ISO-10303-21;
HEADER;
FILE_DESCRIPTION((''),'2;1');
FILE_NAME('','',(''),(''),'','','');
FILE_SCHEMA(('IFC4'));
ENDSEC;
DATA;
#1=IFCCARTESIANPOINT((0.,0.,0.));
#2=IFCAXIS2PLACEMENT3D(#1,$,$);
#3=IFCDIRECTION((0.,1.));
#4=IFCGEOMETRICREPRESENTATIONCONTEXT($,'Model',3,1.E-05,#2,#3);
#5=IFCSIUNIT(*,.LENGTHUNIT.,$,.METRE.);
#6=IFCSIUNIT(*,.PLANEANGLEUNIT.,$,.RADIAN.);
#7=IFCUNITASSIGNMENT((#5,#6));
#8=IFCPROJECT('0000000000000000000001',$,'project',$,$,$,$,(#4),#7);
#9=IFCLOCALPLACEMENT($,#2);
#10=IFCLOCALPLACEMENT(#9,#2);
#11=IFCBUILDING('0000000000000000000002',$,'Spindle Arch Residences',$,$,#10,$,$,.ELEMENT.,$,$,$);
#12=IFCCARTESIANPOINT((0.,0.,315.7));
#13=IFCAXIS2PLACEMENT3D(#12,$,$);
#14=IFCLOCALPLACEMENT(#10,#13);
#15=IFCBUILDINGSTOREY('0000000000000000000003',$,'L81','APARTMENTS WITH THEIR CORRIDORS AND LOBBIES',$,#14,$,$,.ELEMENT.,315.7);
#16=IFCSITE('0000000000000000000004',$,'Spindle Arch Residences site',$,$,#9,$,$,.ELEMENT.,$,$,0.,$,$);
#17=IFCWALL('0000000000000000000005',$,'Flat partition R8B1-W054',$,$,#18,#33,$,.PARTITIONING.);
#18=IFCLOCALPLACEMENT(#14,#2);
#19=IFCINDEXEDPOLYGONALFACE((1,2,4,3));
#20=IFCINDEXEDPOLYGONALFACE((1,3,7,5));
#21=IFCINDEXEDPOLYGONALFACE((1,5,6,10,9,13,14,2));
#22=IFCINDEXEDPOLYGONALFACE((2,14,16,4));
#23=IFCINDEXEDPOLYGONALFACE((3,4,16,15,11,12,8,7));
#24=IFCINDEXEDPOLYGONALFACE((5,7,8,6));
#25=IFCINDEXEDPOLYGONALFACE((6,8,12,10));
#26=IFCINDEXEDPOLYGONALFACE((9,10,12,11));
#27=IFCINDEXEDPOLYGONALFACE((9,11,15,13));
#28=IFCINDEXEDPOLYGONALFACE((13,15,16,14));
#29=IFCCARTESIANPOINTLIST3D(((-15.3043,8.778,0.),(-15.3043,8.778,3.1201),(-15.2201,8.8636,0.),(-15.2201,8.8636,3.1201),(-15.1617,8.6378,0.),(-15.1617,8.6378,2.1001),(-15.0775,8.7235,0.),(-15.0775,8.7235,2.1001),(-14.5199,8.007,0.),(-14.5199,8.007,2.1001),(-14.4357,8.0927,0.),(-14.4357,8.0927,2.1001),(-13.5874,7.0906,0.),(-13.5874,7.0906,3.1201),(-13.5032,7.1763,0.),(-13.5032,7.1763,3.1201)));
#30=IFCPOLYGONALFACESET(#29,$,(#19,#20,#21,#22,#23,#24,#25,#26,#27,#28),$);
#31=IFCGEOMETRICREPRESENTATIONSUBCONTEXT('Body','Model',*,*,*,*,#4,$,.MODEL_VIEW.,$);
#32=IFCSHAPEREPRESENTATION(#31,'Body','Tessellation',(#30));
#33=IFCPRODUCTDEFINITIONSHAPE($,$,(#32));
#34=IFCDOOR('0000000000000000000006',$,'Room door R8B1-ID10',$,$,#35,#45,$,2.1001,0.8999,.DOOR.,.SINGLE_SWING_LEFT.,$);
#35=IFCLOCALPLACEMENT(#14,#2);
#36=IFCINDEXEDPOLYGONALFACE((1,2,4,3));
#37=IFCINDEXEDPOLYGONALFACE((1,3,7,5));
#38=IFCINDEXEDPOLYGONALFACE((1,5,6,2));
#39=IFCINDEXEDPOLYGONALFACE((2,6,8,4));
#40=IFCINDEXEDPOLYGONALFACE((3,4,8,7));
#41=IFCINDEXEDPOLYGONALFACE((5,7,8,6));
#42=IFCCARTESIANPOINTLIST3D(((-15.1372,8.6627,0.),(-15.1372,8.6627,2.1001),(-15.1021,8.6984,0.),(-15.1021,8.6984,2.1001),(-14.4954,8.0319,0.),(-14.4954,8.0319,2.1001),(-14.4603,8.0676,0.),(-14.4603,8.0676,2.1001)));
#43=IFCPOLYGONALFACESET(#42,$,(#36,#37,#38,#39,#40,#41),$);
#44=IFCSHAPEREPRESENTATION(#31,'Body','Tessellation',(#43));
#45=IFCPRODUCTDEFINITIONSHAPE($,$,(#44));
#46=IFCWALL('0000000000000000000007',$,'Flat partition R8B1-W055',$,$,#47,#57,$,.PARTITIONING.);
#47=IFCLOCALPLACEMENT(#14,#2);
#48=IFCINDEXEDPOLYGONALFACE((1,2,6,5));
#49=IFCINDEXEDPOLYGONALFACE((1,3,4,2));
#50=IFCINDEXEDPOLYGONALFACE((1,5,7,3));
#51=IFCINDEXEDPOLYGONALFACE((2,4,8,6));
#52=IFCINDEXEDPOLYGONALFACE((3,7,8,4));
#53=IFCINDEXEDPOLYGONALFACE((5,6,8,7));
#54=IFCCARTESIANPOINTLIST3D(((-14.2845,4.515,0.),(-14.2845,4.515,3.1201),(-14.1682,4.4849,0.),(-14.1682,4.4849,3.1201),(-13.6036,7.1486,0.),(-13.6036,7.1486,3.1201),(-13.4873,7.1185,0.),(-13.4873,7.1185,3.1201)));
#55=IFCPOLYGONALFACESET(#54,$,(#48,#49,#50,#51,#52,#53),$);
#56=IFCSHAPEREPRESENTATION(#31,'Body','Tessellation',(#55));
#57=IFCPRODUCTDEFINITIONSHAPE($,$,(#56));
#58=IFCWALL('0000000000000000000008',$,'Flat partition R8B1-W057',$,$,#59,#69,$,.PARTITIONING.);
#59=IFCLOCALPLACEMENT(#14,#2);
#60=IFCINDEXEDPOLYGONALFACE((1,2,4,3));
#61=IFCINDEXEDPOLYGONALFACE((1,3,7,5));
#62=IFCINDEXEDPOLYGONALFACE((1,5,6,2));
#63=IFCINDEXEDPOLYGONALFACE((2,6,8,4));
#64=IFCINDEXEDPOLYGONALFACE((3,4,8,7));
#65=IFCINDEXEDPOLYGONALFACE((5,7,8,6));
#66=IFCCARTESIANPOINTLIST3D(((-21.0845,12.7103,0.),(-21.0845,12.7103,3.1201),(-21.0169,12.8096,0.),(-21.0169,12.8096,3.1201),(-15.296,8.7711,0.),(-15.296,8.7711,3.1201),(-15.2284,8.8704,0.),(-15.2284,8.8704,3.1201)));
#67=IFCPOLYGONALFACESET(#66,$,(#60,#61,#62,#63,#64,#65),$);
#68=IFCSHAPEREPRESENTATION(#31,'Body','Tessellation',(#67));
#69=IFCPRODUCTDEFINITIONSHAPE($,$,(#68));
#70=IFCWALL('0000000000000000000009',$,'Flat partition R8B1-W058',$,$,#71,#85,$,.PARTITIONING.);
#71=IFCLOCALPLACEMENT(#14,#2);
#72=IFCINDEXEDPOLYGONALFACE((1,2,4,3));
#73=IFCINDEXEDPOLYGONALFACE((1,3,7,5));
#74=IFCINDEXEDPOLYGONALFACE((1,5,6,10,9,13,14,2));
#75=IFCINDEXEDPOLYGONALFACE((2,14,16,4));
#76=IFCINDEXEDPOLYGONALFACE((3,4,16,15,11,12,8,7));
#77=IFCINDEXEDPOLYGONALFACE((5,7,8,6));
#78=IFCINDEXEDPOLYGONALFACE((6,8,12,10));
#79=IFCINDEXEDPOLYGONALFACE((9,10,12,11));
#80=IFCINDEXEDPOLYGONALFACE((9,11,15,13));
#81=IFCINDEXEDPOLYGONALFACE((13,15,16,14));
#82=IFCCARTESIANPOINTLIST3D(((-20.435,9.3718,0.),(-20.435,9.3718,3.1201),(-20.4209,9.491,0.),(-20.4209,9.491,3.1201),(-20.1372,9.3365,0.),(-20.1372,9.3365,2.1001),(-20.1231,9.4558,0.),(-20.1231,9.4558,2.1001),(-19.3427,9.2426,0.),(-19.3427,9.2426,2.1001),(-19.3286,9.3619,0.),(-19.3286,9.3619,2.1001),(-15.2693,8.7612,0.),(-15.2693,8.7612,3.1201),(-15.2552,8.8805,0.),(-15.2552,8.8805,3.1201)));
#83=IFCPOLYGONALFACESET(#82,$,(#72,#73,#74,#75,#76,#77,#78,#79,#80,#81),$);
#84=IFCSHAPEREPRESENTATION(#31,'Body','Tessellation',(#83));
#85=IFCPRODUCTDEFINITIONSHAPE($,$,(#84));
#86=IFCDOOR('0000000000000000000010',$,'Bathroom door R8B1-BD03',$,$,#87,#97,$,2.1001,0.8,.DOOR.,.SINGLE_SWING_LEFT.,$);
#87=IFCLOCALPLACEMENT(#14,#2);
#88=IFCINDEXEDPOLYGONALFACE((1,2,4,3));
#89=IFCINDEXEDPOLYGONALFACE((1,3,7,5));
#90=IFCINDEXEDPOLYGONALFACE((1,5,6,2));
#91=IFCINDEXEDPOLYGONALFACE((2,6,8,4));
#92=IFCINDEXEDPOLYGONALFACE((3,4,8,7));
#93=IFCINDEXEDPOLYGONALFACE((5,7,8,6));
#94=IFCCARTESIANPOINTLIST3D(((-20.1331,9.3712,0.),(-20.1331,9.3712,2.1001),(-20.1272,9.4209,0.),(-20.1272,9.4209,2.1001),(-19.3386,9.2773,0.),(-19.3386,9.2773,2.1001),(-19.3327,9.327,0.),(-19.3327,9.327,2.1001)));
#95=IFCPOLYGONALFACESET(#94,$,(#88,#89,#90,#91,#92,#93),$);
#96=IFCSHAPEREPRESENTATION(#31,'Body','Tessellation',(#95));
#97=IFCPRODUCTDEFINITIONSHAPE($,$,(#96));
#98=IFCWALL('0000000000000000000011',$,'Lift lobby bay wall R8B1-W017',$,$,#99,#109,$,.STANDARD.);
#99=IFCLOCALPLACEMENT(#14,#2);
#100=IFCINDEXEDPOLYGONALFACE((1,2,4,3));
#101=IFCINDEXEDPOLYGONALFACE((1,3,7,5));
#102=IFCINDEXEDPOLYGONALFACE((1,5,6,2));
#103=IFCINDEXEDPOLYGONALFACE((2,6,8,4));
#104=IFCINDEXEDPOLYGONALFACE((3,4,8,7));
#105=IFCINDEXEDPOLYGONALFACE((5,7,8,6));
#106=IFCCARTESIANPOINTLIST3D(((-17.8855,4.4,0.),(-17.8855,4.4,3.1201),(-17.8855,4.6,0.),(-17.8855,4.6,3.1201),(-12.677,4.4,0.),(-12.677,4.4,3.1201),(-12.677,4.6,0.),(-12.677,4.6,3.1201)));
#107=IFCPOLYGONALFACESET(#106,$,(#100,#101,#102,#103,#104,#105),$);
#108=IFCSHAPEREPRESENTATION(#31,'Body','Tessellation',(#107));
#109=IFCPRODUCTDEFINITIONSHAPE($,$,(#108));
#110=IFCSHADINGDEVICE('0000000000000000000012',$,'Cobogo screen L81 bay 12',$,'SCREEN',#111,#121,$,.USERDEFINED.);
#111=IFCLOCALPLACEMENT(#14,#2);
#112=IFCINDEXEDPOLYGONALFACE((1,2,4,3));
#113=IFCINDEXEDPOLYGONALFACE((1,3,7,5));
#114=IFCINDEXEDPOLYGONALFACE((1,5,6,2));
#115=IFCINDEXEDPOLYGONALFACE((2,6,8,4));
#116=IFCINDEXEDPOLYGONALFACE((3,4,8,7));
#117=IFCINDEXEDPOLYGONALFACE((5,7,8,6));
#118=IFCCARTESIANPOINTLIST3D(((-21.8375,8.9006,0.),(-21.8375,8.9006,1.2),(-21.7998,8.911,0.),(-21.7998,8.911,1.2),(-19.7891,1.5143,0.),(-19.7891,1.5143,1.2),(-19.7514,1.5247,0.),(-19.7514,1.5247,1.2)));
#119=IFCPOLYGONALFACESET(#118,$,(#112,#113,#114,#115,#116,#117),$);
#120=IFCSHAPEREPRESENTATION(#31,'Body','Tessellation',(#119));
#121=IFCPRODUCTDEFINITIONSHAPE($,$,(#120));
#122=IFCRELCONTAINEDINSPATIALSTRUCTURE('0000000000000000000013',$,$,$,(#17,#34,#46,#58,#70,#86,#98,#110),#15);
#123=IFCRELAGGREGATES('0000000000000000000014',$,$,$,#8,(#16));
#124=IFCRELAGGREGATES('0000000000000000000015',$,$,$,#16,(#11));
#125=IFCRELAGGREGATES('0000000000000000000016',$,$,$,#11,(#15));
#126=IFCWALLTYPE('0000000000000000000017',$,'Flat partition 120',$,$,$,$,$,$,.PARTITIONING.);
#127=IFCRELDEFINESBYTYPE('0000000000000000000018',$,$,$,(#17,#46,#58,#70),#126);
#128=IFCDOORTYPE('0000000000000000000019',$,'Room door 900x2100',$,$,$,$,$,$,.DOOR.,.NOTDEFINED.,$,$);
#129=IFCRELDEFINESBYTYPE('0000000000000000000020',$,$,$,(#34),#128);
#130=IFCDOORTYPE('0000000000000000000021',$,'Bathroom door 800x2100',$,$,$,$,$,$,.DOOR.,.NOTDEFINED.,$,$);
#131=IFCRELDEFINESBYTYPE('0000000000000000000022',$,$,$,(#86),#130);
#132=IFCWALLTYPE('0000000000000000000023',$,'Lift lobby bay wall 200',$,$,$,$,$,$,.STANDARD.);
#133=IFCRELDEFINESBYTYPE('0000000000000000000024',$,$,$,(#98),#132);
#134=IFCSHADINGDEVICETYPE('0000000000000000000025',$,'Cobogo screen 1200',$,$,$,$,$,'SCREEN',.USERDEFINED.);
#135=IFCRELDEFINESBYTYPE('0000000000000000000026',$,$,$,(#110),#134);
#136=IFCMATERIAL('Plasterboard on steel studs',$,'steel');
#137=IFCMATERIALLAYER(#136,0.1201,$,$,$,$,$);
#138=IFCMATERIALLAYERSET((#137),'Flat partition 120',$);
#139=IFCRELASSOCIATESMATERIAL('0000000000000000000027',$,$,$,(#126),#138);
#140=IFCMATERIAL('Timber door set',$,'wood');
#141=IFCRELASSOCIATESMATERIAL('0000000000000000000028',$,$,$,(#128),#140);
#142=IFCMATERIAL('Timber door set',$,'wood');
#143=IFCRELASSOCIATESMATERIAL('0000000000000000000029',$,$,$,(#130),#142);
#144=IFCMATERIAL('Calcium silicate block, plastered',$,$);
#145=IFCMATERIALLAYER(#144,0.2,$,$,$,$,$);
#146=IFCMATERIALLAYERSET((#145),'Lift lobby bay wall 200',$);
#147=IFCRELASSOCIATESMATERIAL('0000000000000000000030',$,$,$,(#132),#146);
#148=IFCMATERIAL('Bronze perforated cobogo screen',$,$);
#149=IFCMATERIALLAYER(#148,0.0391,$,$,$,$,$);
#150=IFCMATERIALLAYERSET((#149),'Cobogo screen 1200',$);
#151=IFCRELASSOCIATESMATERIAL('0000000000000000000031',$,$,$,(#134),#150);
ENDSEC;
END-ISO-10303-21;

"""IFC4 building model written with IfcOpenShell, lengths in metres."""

from ifc_helpers import new_model, si_unit, direction, frame, frame_2d, origin, origin_2d, place, context, subcontext, project, spatial, rectangle, extrude, material, layer, layer_set, type_object, element, fill, save


model = new_model("IFC4")

# Units and contexts
model_context = context("Model", 3, precision=1e-05, world=origin(), true_north=direction((0.0, 1.0)))
body_context = subcontext(model_context, "Body", "Model", "MODEL_VIEW")
ifc_project = project(units=[si_unit("LENGTHUNIT", "METRE"), si_unit("PLANEANGLEUNIT", "RADIAN")], contexts=[model_context])

# Site, building, storey
site_placement = place(None, origin())
site = spatial("IfcSite", under=ifc_project, at=site_placement, Name="Spindle Arch Residences site", CompositionType="ELEMENT", RefElevation=0.0)
building_placement = place(site_placement, origin())
building = spatial("IfcBuilding", under=site, at=building_placement, Name="Spindle Arch Residences", CompositionType="ELEMENT")
storey_placement = place(building_placement, frame((0.0, 0.0, 315.7)))
storey = spatial("IfcBuildingStorey", under=building, at=storey_placement, Name="L81", Description="APARTMENTS WITH THEIR CORRIDORS AND LOBBIES", CompositionType="ELEMENT", Elevation=315.7)

# Shared definitions
ifc_material_1 = material(Name="Plasterboard on steel studs", Category="steel")
ifc_layer_1 = layer(ifc_material_1, 0.1201)
ifc_layer_set_1 = layer_set([ifc_layer_1], Name="Flat partition 120")
wall_type_1 = type_object("IfcWallType", Name="Flat partition 120", PredefinedType="PARTITIONING", material=ifc_layer_set_1)

# Wall, opening, door
wall_1_placement = place(storey_placement, frame((-15.2622, 8.8208, 0.0), z_axis=(0.0, 0.0, 1.0), x_axis=(0.713216, -0.700944, 0.0)))
wall_1 = element("IfcWall", 1, at=wall_1_placement, inside=storey, type_object=wall_type_1, Name="Flat partition R8B1-W054", PredefinedType="PARTITIONING", context=body_context, shape_type="SweptSolid", body=[
    extrude(rectangle(XDim=2.4072, YDim=0.1201, at=frame_2d((1.2036, 0.0))), origin(), (0.0, 0.0, 1.0), 3.1201),
])
opening_1_placement = place(wall_1_placement, frame((0.2, 0.0, 0.0)))
opening_1 = element("IfcOpeningElement", 2, at=opening_1_placement, cuts=wall_1, PredefinedType="OPENING", context=body_context, shape_type="SweptSolid", body=[
    extrude(rectangle(XDim=0.8999, YDim=2.1001, at=frame_2d((0.45, 1.05))), frame((0.0, 0.0701, 0.0), z_axis=(0.0, -1.0, 0.0), x_axis=(1.0, 0.0, 0.0)), (0.0, 0.0, 1.0), 0.1401),
])
ifc_material_2 = material(Name="Timber door set", Category="wood")
door_type_1 = type_object("IfcDoorType", Name="Room door 900x2100", OperationType="NOTDEFINED", PredefinedType="DOOR", material=ifc_material_2)
door_1_placement = place(opening_1_placement, origin())
door_1 = element("IfcDoor", 3, at=door_1_placement, inside=storey, type_object=door_type_1, Name="Room door R8B1-ID10", OperationType="SINGLE_SWING_LEFT", OverallHeight=2.1001, OverallWidth=0.8999, PredefinedType="DOOR", context=body_context, shape_type="SweptSolid", body=[
    extrude(rectangle(XDim=0.8999, YDim=2.1001, at=frame_2d((0.45, 1.05))), frame((0.0, 0.0249, 0.0), z_axis=(0.0, -1.0, 0.0), x_axis=(1.0, 0.0, 0.0)), (0.0, 0.0, 1.0), 0.05),
])
fill(opening_1, door_1)

# Walls
wall_2_placement = place(storey_placement, frame((-13.5454, 7.1335, 0.0), z_axis=(0.0, 0.0, 1.0), x_axis=(-0.25032, -0.968163, 0.0)))
element("IfcWall", 4, at=wall_2_placement, inside=storey, type_object=wall_type_1, Name="Flat partition R8B1-W055", PredefinedType="PARTITIONING", context=body_context, shape_type="SweptSolid", body=[
    extrude(rectangle(XDim=2.7202, YDim=0.1201, at=frame_2d((1.3601, 0.0))), origin(), (0.0, 0.0, 1.0), 3.1201),
])
wall_3_placement = place(storey_placement, frame((-21.0508, 12.76, 0.0), z_axis=(0.0, 0.0, 1.0), x_axis=(0.826729, -0.562601, 0.0)))
element("IfcWall", 5, at=wall_3_placement, inside=storey, type_object=wall_type_1, Name="Flat partition R8B1-W057", PredefinedType="PARTITIONING", context=body_context, shape_type="SweptSolid", body=[
    extrude(rectangle(XDim=7.0017, YDim=0.1201, at=frame_2d((3.501, 0.0))), origin(), (0.0, 0.0, 1.0), 3.1201),
])

# Wall, opening, door
wall_4_placement = place(storey_placement, frame((-20.428, 9.4314, 0.0), z_axis=(0.0, 0.0, 1.0), x_axis=(0.993087, -0.117383, 0.0)))
wall_4 = element("IfcWall", 6, at=wall_4_placement, inside=storey, type_object=wall_type_1, Name="Flat partition R8B1-W058", PredefinedType="PARTITIONING", context=body_context, shape_type="SweptSolid", body=[
    extrude(rectangle(XDim=5.2017, YDim=0.1201, at=frame_2d((2.6008, 0.0))), origin(), (0.0, 0.0, 1.0), 3.1201),
])
opening_2_placement = place(wall_4_placement, frame((0.3, 0.0, 0.0)))
opening_2 = element("IfcOpeningElement", 7, at=opening_2_placement, cuts=wall_4, PredefinedType="OPENING", context=body_context, shape_type="SweptSolid", body=[
    extrude(rectangle(XDim=0.8, YDim=2.1001, at=frame_2d((0.3999, 1.05))), frame((0.0, 0.0701, 0.0), z_axis=(0.0, -1.0, 0.0), x_axis=(1.0, 0.0, 0.0)), (0.0, 0.0, 1.0), 0.1401),
])
ifc_material_3 = material(Name="Timber door set", Category="wood")
door_type_2 = type_object("IfcDoorType", Name="Bathroom door 800x2100", OperationType="NOTDEFINED", PredefinedType="DOOR", material=ifc_material_3)
door_2_placement = place(opening_2_placement, origin())
door_2 = element("IfcDoor", 8, at=door_2_placement, inside=storey, type_object=door_type_2, Name="Bathroom door R8B1-BD03", OperationType="SINGLE_SWING_LEFT", OverallHeight=2.1001, OverallWidth=0.8, PredefinedType="DOOR", context=body_context, shape_type="SweptSolid", body=[
    extrude(rectangle(XDim=0.8, YDim=2.1001, at=frame_2d((0.3999, 1.05))), frame((0.0, 0.0249, 0.0), z_axis=(0.0, -1.0, 0.0), x_axis=(1.0, 0.0, 0.0)), (0.0, 0.0, 1.0), 0.05),
])
fill(opening_2, door_2)

# Wall
ifc_material_4 = material(Name="Calcium silicate block, plastered")
ifc_layer_2 = layer(ifc_material_4, 0.2)
ifc_layer_set_2 = layer_set([ifc_layer_2], Name="Lift lobby bay wall 200")
wall_type_2 = type_object("IfcWallType", Name="Lift lobby bay wall 200", PredefinedType="STANDARD", material=ifc_layer_set_2)
wall_5_placement = place(storey_placement, frame((-12.677, 4.5, 0.0), z_axis=(0.0, 0.0, 1.0), x_axis=(-1.0, 0.0, 0.0)))
element("IfcWall", 9, at=wall_5_placement, inside=storey, type_object=wall_type_2, Name="Lift lobby bay wall R8B1-W017", PredefinedType="STANDARD", context=body_context, shape_type="SweptSolid", body=[
    extrude(rectangle(XDim=5.2085, YDim=0.2, at=frame_2d((2.6042, 0.0))), origin(), (0.0, 0.0, 1.0), 3.1201),
])

# Shading device
ifc_material_5 = material(Name="Bronze perforated cobogo screen")
ifc_layer_3 = layer(ifc_material_5, 0.0391)
ifc_layer_set_3 = layer_set([ifc_layer_3], Name="Cobogo screen 1200")
shading_device_type = type_object("IfcShadingDeviceType", Name="Cobogo screen 1200", ElementType="SCREEN", PredefinedType="USERDEFINED", material=ifc_layer_set_3)
shading_device_placement = place(storey_placement, frame((-20.7944, 5.2126, 0.0), z_axis=(0.0, 0.0, 1.0), x_axis=(0.267238, -0.96363, 0.0)))
element("IfcShadingDevice", 10, at=shading_device_placement, inside=storey, type_object=shading_device_type, Name="Cobogo screen L81 bay 12", ObjectType="SCREEN", PredefinedType="USERDEFINED", context=body_context, shape_type="SweptSolid", body=[
    extrude(rectangle(XDim=7.665, YDim=0.0391, at=origin_2d()), origin(), (0.0, 0.0, 1.0), 1.2),
])

save(model, "model.ifc")
